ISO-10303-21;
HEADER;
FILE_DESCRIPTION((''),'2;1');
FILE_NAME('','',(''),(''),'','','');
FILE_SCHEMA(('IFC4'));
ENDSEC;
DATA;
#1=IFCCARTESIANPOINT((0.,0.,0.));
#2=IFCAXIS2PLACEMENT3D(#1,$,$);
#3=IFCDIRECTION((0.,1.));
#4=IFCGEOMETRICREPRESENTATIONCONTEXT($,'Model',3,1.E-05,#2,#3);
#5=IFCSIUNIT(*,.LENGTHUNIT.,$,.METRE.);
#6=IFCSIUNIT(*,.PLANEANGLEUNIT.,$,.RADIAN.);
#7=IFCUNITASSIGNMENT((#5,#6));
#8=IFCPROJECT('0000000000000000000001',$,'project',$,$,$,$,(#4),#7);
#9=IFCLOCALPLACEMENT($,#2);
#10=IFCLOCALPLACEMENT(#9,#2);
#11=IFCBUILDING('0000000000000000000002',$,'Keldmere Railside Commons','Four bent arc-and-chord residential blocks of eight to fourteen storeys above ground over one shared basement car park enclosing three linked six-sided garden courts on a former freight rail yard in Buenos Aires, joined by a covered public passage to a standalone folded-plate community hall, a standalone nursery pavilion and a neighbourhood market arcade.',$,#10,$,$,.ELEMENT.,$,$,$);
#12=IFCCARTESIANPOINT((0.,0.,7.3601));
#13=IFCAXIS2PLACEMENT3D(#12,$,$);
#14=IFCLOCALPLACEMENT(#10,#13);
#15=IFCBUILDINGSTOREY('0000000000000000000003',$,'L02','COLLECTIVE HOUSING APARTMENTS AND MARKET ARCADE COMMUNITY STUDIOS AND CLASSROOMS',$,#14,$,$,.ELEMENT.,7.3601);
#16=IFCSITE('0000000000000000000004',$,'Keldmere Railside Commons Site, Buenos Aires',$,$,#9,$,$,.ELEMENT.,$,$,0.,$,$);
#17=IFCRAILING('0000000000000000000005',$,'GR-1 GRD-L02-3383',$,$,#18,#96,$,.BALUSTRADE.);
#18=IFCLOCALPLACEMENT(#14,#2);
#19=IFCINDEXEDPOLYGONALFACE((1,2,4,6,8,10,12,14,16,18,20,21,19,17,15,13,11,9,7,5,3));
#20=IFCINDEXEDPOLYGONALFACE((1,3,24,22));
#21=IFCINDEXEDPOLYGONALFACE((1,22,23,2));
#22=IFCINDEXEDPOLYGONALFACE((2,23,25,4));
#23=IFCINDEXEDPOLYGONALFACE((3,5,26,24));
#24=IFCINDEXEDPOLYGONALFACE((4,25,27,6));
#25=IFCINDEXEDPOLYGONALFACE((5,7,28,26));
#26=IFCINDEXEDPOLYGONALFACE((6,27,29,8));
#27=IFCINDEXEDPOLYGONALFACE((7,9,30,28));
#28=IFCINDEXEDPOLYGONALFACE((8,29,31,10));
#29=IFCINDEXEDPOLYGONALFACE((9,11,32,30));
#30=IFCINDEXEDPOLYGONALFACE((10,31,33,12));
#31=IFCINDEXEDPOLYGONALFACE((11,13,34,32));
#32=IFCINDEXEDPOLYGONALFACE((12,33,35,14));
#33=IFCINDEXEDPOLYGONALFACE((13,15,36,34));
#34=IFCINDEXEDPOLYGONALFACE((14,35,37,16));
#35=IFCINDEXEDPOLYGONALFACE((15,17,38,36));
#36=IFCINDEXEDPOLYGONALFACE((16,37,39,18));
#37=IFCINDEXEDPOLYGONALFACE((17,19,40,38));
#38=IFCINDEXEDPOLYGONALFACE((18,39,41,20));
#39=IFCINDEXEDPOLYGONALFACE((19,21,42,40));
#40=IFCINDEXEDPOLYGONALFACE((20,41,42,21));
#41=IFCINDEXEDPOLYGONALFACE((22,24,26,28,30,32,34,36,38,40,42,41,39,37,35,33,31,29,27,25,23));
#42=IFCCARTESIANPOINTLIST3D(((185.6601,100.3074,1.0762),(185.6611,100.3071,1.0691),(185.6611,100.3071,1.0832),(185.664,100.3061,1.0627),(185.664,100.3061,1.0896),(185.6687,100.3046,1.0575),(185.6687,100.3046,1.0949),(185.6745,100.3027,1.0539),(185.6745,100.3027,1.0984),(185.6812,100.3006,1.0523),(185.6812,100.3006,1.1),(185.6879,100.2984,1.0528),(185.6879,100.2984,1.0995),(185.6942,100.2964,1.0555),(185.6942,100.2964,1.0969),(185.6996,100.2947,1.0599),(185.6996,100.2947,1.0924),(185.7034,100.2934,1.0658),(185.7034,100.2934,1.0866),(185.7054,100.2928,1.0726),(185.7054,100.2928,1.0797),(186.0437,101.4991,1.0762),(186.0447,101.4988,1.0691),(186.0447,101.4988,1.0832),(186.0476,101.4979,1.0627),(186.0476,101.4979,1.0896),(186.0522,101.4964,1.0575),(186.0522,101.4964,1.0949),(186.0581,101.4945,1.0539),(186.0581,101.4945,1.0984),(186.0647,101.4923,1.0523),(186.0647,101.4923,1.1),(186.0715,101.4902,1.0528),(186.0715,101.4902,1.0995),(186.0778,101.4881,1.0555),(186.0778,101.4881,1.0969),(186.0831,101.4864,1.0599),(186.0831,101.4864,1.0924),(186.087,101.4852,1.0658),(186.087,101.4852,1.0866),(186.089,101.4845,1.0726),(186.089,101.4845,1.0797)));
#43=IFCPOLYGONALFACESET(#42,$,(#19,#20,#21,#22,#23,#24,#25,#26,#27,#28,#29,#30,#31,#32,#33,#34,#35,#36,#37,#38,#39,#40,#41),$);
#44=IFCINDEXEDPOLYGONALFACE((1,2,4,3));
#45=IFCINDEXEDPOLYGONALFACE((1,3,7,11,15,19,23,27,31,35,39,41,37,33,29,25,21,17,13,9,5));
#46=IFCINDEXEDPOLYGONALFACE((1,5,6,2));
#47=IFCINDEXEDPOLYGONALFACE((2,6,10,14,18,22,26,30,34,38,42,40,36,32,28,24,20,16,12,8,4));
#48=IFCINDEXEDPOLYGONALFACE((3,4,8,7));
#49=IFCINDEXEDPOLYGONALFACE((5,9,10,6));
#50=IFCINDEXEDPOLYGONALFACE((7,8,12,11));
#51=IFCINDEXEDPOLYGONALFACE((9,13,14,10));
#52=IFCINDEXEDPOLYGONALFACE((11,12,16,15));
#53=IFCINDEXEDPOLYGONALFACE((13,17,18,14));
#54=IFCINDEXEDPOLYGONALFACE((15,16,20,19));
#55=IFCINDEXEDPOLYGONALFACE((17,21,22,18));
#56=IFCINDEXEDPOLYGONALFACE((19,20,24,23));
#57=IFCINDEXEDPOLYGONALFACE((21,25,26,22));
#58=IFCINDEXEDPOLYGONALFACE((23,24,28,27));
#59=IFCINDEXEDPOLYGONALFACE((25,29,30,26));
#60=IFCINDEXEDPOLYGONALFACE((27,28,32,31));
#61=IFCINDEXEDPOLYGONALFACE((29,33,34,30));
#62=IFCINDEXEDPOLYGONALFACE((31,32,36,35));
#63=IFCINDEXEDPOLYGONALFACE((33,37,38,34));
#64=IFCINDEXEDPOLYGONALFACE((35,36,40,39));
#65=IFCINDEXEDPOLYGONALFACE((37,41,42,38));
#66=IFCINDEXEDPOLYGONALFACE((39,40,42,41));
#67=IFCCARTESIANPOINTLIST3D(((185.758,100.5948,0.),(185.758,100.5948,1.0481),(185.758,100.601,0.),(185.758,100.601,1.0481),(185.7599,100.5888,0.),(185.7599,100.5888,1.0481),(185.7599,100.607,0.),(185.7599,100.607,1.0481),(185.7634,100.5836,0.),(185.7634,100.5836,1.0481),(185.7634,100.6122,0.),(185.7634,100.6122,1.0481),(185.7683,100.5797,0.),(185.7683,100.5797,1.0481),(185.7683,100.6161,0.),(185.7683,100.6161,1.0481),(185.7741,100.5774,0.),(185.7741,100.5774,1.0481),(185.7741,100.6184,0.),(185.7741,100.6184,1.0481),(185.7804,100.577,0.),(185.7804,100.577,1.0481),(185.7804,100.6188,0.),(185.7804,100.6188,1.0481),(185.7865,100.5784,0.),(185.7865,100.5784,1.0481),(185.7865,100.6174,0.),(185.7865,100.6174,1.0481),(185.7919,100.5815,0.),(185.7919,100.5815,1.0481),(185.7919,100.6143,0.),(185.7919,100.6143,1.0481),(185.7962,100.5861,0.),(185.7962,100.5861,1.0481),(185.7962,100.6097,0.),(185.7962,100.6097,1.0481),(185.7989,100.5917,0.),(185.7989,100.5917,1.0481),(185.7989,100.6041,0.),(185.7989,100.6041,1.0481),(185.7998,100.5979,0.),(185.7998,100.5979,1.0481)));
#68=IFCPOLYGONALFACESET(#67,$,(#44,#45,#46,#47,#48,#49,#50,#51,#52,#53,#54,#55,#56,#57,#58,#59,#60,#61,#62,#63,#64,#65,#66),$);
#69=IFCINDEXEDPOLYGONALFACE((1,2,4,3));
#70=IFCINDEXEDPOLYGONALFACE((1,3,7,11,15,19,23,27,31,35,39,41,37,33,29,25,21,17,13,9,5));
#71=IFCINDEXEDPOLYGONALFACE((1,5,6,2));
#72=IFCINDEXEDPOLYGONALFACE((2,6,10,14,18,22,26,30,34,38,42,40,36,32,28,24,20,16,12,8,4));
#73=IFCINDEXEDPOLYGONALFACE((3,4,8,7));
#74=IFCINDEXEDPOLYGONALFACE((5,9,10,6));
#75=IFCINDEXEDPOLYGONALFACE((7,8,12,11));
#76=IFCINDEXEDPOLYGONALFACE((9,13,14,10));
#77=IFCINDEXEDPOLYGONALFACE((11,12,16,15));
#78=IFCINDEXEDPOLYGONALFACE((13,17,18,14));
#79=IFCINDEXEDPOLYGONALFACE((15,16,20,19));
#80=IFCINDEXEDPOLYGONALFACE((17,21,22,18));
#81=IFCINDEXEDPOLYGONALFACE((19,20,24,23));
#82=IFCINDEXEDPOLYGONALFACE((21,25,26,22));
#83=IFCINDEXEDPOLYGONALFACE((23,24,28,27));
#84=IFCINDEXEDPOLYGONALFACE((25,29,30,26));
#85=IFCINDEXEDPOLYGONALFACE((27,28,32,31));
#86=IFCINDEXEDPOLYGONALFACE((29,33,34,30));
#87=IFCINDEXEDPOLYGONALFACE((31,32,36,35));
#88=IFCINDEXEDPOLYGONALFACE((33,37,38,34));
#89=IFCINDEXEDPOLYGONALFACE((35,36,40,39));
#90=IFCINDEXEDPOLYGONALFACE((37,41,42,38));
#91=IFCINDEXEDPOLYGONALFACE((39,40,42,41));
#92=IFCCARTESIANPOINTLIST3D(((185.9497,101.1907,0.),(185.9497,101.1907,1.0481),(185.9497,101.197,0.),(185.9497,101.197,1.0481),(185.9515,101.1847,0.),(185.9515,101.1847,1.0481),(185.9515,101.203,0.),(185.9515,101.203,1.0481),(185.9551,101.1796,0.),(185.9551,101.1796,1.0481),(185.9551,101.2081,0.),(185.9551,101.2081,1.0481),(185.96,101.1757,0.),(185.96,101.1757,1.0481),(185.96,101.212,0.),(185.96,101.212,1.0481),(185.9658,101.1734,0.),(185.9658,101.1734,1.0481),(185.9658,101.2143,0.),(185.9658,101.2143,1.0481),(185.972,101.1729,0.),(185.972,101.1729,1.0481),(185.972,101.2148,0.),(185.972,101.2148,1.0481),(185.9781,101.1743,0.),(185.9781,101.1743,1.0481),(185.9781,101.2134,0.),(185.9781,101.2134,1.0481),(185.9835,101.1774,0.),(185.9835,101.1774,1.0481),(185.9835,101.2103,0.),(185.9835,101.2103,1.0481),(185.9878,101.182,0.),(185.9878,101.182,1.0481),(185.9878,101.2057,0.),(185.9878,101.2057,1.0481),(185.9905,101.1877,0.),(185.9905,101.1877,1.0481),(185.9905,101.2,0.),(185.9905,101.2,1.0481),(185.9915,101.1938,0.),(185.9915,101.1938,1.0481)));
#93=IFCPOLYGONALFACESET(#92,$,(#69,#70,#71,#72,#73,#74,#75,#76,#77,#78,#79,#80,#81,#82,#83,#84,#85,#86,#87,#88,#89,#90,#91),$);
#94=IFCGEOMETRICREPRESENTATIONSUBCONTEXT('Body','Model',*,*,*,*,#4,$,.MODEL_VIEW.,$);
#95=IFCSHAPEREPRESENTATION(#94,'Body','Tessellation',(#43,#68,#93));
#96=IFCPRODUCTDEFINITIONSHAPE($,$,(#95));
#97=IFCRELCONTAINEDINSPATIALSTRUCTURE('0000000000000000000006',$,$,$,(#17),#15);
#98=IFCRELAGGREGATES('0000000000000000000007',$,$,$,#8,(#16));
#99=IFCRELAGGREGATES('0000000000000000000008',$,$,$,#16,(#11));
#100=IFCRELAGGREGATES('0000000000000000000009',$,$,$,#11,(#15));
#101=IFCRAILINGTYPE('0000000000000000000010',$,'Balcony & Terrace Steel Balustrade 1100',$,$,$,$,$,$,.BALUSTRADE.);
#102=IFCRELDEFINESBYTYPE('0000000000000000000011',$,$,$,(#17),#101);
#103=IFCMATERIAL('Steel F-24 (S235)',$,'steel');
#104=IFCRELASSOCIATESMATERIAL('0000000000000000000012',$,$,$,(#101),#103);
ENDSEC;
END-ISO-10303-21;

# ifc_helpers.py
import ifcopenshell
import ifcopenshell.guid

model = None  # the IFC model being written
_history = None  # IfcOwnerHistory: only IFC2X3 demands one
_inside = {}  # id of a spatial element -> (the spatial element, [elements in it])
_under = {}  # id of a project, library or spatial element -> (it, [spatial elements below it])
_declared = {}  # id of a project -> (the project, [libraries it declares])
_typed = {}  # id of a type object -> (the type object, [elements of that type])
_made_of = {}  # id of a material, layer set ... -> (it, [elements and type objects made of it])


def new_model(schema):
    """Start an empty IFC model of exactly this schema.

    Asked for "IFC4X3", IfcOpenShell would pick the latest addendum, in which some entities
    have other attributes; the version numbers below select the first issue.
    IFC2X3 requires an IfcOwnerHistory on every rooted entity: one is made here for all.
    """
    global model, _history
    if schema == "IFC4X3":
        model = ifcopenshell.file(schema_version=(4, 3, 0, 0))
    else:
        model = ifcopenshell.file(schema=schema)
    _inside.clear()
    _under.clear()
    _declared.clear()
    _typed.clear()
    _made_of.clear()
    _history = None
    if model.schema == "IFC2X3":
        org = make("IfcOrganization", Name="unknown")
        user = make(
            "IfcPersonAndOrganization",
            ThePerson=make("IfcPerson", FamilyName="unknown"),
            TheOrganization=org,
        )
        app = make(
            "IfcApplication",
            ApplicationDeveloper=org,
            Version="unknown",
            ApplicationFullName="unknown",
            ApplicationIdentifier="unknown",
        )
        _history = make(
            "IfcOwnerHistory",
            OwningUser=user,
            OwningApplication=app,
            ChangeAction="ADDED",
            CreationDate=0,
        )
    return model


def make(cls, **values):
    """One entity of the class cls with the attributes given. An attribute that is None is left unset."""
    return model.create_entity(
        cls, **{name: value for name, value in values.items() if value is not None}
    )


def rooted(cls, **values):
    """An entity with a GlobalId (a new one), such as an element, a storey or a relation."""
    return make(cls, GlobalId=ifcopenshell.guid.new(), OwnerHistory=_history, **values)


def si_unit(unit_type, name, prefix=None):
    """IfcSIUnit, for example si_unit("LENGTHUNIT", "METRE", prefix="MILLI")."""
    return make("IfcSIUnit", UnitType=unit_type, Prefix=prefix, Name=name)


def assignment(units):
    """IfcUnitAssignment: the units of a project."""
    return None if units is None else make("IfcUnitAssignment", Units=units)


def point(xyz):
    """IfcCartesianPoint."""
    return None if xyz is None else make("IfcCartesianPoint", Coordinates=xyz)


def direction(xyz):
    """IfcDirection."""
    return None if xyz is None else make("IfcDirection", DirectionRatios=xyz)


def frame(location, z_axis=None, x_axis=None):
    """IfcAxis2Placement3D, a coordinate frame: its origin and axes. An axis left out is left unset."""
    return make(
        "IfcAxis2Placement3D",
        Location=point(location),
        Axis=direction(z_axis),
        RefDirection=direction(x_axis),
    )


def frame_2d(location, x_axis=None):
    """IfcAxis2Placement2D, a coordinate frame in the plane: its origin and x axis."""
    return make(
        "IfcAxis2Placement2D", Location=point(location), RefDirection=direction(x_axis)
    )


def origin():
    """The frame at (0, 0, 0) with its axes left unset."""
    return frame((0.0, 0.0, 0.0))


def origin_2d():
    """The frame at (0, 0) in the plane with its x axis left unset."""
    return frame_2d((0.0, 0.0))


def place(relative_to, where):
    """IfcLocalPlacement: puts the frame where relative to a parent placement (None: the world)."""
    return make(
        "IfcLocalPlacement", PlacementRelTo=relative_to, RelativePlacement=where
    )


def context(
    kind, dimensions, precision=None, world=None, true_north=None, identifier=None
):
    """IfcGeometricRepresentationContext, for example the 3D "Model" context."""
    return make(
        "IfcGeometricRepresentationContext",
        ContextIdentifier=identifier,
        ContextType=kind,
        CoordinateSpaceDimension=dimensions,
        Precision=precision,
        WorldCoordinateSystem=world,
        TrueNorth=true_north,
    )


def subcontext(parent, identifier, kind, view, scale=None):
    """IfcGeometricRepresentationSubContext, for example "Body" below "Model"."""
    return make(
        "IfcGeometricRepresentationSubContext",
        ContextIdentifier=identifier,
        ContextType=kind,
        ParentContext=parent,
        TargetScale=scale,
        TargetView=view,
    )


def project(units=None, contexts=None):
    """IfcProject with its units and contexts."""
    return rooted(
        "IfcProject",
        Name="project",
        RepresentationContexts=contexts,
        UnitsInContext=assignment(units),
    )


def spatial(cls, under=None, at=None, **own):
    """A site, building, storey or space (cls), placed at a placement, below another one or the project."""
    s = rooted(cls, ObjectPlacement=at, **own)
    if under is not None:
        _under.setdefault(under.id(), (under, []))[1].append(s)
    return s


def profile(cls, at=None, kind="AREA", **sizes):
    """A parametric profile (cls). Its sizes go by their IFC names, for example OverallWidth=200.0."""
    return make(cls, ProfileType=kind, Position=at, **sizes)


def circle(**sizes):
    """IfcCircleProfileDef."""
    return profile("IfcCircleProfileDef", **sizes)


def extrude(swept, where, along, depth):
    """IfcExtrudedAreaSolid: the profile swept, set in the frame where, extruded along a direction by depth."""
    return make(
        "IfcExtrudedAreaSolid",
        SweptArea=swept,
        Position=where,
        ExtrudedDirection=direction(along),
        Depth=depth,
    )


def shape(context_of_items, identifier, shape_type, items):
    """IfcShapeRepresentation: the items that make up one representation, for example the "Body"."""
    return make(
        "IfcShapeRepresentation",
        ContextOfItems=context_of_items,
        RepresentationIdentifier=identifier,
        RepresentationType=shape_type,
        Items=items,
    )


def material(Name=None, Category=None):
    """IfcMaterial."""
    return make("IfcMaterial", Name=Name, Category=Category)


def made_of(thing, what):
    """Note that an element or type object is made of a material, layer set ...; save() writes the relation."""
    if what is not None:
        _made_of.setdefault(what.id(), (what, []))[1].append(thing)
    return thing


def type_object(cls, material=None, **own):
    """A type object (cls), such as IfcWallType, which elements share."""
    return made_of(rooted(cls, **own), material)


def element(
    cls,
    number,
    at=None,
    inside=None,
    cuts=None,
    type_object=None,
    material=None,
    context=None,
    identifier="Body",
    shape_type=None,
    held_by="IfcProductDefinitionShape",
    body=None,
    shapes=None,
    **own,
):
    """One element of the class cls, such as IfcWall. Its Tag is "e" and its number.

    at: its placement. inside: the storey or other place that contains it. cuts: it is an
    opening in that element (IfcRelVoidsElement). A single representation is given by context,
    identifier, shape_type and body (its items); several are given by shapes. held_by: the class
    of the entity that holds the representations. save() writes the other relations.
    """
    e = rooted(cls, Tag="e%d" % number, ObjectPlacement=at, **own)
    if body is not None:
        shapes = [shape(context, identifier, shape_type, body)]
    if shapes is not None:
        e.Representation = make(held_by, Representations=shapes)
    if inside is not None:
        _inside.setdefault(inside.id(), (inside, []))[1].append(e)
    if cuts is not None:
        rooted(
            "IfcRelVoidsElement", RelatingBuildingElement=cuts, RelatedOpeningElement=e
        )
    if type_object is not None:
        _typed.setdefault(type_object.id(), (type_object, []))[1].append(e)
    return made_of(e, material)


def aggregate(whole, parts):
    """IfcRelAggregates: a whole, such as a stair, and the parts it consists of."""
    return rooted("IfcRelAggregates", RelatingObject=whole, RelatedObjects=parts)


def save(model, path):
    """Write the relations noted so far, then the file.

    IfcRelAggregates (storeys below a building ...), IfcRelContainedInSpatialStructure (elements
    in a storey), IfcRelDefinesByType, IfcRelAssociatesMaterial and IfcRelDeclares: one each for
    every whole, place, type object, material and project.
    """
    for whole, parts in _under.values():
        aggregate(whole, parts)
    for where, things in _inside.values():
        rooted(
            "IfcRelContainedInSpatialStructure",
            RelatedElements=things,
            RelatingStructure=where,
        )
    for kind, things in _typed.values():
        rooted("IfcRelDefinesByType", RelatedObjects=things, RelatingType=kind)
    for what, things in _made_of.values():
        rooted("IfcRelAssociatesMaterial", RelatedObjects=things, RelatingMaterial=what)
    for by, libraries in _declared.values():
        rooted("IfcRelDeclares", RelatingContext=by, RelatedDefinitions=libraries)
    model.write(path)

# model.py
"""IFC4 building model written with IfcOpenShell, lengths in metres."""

from ifc_helpers import new_model, si_unit, direction, frame, origin, origin_2d, place, context, subcontext, project, spatial, circle, extrude, material, type_object, element, save


model = new_model("IFC4")

# Units and contexts
model_context = context("Model", 3, precision=1e-05, world=origin(), true_north=direction((0.0, 1.0)))
body_context = subcontext(model_context, "Body", "Model", "MODEL_VIEW")
ifc_project = project(units=[si_unit("LENGTHUNIT", "METRE"), si_unit("PLANEANGLEUNIT", "RADIAN")], contexts=[model_context])

# Site, building, storey
site_placement = place(None, origin())
site = spatial("IfcSite", under=ifc_project, at=site_placement, Name="Keldmere Railside Commons Site, Buenos Aires", CompositionType="ELEMENT", RefElevation=0.0)
building_placement = place(site_placement, origin())
building = spatial("IfcBuilding", under=site, at=building_placement, Name="Keldmere Railside Commons", Description="Four bent arc-and-chord residential blocks of eight to fourteen storeys above ground over one shared basement car park enclosing three linked six-sided garden courts on a former freight rail yard in Buenos Aires, joined by a covered public passage to a standalone folded-plate community hall, a standalone nursery pavilion and a neighbourhood market arcade.", CompositionType="ELEMENT")
storey_placement = place(building_placement, frame((0.0, 0.0, 7.3601)))
storey = spatial("IfcBuildingStorey", under=building, at=storey_placement, Name="L02", Description="COLLECTIVE HOUSING APARTMENTS AND MARKET ARCADE COMMUNITY STUDIOS AND CLASSROOMS", CompositionType="ELEMENT", Elevation=7.3601)

# Railing
ifc_material_1 = material(Name="Steel F-24 (S235)", Category="steel")
railing_type = type_object("IfcRailingType", Name="Balcony & Terrace Steel Balustrade 1100", PredefinedType="BALUSTRADE", material=ifc_material_1)
railing_1_placement = place(storey_placement, frame((185.6829, 100.3, 0.0)))
element("IfcRailing", 1, at=railing_1_placement, inside=storey, type_object=railing_type, Name="GR-1 GRD-L02-3383", PredefinedType="BALUSTRADE", context=body_context, shape_type="SweptSolid", body=[
    extrude(circle(Radius=0.0239, at=origin_2d()), frame((0.0, 0.0, 1.0762), z_axis=(0.306382, 0.951909, 0.0), x_axis=(-0.951909, 0.306382, 0.0)), (0.0, 0.0, 1.0), 1.252),
    extrude(circle(Radius=0.021, at=origin_2d()), frame((0.0959, 0.2979, 0.0)), (0.0, 0.0, 1.0), 1.0481),
    extrude(circle(Radius=0.021, at=origin_2d()), frame((0.2876, 0.8938, 0.0)), (0.0, 0.0, 1.0), 1.0481),
])

save(model, "model.ifc")
